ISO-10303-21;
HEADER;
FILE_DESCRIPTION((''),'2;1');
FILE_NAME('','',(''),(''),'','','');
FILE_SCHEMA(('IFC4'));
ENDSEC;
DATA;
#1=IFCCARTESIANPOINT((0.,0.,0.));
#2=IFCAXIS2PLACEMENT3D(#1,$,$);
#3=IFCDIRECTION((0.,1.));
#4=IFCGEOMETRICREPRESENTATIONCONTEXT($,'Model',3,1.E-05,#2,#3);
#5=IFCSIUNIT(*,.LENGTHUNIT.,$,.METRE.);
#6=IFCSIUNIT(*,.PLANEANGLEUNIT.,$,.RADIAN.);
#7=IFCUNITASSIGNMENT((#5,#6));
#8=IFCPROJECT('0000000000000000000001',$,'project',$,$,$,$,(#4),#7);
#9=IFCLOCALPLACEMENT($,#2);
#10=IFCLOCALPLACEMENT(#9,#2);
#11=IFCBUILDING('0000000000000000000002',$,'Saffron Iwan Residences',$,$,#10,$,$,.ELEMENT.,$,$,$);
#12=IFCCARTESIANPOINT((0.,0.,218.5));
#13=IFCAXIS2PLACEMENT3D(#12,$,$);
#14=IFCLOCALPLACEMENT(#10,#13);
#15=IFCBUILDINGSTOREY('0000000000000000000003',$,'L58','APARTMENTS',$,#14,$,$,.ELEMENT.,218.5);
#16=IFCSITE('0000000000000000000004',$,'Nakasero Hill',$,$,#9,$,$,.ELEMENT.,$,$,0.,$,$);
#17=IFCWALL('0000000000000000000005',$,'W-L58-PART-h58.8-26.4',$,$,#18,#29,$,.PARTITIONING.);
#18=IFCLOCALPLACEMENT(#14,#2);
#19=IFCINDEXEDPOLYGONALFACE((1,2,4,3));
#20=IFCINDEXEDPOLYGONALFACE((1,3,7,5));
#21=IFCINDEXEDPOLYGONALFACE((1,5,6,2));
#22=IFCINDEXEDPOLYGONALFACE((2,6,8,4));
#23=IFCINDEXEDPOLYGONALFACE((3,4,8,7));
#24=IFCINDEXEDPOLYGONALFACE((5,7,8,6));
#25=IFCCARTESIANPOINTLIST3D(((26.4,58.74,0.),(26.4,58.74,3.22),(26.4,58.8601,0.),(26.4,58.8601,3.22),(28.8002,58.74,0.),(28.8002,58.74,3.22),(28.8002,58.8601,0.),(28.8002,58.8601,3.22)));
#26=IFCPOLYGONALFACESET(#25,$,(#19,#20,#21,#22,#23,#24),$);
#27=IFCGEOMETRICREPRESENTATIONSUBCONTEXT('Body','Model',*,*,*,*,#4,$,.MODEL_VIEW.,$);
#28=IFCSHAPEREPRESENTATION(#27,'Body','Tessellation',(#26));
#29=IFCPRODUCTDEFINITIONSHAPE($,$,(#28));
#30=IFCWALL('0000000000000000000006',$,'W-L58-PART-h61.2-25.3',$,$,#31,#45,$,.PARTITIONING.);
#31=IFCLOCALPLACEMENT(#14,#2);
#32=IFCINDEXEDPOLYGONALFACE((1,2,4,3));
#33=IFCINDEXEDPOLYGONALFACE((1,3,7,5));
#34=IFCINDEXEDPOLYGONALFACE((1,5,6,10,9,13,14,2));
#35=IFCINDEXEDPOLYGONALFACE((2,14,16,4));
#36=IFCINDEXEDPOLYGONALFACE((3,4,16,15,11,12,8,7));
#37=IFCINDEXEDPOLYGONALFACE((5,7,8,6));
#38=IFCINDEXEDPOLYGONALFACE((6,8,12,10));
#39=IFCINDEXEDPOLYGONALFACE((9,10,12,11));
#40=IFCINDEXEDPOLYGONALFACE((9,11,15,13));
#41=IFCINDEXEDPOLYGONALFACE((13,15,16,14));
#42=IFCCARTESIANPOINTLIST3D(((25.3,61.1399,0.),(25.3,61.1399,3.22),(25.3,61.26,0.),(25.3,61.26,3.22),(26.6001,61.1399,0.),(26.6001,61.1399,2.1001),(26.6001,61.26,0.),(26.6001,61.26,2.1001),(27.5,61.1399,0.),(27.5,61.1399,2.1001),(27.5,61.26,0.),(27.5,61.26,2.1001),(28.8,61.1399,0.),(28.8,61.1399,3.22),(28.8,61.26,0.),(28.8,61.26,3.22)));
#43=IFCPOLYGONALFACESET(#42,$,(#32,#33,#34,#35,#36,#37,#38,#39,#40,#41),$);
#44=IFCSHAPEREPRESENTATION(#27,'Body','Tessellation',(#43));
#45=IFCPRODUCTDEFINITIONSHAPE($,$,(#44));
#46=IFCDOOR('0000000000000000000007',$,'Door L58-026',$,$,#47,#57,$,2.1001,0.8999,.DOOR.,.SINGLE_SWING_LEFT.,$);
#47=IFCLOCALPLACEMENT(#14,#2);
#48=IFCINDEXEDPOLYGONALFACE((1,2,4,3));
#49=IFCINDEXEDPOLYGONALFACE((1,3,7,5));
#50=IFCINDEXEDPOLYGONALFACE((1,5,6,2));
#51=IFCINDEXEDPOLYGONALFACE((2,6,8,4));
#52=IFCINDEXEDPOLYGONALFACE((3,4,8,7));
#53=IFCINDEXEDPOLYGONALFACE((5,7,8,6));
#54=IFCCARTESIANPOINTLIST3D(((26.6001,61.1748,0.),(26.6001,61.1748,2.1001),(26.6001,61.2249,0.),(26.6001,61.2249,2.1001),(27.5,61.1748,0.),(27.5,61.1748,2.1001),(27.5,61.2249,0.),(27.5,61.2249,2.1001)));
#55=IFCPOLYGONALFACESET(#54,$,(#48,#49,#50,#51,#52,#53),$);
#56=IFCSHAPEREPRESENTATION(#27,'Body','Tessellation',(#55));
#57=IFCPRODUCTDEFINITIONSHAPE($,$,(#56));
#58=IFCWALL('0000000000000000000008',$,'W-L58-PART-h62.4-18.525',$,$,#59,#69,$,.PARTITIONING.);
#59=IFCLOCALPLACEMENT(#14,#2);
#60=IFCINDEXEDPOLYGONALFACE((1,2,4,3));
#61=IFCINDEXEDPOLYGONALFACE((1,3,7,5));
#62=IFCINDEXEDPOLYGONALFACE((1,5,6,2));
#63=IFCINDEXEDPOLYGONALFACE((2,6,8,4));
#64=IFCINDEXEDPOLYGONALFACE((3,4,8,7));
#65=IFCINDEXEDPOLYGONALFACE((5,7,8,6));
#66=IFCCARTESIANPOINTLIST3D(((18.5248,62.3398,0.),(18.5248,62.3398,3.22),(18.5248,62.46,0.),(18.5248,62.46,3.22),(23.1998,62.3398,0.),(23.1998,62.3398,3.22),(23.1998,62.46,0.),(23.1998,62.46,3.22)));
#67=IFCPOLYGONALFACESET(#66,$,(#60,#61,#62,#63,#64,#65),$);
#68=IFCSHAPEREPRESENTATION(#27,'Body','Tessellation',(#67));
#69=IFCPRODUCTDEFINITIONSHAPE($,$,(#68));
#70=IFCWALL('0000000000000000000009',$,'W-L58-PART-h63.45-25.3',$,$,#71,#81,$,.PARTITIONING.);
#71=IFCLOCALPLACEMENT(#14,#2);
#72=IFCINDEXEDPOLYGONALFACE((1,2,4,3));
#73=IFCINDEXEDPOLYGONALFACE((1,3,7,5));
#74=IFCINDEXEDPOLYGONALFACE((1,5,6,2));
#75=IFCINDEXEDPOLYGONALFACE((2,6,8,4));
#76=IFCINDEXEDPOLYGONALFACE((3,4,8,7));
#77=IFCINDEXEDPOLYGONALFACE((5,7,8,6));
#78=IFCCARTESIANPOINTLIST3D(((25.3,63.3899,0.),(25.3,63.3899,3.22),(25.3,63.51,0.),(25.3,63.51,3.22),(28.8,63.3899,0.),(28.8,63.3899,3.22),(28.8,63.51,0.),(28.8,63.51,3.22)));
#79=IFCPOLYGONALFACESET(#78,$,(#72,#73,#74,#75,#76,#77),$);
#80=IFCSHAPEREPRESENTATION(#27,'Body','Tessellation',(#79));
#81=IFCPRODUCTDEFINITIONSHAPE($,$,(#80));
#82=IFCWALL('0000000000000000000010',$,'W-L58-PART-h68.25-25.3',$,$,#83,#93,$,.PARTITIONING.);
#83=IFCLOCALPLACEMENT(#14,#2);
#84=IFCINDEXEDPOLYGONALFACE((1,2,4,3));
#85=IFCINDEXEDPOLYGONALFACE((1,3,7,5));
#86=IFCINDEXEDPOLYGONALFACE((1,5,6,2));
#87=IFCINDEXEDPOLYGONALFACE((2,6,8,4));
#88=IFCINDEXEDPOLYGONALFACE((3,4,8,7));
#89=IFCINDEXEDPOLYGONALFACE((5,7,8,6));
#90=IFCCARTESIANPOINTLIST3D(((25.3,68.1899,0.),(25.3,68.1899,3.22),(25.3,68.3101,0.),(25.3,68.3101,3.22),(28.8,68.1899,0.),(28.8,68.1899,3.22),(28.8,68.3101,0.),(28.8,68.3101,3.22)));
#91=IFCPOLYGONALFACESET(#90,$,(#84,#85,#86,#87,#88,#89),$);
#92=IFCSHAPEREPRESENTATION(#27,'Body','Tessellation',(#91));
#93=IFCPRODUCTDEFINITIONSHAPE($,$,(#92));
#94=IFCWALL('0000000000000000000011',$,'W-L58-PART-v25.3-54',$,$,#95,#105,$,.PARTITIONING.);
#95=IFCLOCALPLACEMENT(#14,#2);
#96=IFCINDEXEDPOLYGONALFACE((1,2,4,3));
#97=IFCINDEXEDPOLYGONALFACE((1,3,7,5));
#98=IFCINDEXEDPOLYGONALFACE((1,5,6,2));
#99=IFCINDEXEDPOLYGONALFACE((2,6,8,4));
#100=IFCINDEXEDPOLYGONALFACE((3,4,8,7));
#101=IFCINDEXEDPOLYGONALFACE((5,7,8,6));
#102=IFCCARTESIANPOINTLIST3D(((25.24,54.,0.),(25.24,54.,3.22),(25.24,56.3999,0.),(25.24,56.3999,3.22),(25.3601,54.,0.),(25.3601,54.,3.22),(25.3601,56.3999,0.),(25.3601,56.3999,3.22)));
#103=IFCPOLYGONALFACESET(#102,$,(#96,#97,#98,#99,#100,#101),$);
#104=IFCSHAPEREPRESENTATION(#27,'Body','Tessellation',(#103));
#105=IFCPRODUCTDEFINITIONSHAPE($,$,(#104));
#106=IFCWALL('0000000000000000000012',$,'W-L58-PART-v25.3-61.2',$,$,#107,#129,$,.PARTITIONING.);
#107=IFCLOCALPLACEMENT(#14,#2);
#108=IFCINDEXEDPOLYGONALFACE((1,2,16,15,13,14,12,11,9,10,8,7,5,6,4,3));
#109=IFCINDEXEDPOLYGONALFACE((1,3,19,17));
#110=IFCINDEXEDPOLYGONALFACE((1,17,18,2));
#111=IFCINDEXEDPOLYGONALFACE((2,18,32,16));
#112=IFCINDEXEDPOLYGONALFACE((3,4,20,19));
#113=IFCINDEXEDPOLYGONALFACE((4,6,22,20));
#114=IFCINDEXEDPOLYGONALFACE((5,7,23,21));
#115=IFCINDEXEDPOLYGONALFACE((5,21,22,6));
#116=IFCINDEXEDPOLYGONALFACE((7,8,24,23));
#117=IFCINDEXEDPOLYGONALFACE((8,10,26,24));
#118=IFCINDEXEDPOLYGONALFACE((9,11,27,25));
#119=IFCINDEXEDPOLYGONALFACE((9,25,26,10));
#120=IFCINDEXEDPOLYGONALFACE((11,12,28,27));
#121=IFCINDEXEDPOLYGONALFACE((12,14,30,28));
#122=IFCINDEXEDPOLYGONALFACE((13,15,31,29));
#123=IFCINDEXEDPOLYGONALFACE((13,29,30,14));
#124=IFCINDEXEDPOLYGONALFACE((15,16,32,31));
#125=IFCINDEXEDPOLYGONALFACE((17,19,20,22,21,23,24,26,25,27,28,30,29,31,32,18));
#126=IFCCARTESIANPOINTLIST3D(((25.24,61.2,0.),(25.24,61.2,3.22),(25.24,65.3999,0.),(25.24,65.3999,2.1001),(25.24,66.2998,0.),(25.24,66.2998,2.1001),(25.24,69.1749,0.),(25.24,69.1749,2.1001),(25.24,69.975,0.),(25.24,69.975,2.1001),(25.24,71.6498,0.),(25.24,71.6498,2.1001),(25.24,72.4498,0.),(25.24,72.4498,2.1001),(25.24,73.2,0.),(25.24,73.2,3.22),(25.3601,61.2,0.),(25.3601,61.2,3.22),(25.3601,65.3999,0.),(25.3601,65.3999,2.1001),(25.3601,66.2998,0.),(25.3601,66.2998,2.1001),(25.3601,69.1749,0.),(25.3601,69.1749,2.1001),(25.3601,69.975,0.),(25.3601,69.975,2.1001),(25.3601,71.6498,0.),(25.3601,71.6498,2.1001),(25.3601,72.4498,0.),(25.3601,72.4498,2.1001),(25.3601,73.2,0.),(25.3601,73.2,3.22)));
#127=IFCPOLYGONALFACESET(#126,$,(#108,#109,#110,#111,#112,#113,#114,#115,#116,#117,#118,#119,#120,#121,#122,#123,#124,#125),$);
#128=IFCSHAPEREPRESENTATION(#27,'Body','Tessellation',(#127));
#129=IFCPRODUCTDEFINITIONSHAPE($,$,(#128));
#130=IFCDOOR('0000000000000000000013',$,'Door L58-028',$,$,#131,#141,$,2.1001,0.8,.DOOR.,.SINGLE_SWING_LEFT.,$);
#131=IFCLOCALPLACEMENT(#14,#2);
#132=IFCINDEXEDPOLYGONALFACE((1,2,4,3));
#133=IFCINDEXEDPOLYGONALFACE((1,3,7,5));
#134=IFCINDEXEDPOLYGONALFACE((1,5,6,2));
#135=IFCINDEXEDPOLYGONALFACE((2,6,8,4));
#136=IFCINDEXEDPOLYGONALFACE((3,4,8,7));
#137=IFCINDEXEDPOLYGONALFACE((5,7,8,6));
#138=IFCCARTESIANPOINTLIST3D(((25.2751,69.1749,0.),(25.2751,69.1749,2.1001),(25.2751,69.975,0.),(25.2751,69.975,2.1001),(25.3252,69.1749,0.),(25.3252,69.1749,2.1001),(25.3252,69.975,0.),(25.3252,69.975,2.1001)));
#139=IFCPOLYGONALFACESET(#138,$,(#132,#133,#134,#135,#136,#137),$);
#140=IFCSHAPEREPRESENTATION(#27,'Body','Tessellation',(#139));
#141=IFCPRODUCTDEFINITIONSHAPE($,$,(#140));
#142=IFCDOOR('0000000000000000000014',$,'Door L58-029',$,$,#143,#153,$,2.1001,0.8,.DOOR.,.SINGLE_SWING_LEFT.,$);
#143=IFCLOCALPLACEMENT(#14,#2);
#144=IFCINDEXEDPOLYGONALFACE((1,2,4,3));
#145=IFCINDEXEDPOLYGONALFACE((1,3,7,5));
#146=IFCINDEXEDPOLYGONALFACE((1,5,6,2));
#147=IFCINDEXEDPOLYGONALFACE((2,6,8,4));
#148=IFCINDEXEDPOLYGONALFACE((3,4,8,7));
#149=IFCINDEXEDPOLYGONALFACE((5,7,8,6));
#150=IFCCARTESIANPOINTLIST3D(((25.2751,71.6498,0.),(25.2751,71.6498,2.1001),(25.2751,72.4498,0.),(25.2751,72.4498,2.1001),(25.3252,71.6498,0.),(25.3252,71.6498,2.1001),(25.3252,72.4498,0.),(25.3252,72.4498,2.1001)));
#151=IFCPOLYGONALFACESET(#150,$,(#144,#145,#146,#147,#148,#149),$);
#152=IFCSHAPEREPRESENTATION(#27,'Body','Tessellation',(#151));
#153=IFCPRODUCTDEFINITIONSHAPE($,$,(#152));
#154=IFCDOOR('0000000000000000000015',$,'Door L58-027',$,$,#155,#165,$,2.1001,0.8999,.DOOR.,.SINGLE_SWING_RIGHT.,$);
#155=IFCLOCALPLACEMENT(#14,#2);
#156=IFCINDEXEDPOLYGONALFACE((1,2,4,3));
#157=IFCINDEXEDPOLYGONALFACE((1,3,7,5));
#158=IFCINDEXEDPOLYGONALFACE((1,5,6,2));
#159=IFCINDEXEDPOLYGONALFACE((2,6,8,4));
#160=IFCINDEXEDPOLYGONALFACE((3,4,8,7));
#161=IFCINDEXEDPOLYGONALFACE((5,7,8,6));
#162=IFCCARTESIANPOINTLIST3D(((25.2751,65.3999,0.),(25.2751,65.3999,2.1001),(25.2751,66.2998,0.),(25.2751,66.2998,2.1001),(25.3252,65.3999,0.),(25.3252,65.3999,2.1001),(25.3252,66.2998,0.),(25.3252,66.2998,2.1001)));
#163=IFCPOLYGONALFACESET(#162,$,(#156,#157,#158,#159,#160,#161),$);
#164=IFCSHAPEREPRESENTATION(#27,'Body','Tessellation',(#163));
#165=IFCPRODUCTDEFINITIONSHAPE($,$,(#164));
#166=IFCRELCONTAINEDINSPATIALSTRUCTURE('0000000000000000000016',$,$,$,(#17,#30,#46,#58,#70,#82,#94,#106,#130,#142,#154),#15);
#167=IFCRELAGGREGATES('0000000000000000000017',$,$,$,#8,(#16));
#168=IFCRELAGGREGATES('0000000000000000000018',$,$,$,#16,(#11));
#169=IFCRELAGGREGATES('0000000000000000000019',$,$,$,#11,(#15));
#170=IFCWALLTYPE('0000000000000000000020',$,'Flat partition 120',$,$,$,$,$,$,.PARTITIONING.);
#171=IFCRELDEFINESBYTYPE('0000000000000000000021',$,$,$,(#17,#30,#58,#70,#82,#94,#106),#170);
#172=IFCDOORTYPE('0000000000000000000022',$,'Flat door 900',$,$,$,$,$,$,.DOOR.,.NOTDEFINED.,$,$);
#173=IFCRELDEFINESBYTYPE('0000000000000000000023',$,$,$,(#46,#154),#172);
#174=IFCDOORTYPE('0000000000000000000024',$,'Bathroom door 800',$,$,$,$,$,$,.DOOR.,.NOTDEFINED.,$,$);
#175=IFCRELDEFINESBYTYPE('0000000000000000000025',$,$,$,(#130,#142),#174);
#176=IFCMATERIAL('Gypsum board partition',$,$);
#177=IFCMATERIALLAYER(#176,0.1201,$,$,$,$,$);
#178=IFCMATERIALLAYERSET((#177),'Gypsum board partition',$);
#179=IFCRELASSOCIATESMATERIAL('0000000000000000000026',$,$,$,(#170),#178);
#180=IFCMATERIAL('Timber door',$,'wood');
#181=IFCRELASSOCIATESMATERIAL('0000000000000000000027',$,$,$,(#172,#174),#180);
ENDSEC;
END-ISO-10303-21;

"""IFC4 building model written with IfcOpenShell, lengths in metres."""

from ifc_helpers import new_model, si_unit, direction, frame, frame_2d, origin, place, context, subcontext, project, spatial, rectangle, extrude, material, layer, layer_set, type_object, element, fill, save


model = new_model("IFC4")

# Units and contexts
model_context = context("Model", 3, precision=1e-05, world=origin(), true_north=direction((0.0, 1.0)))
body_context = subcontext(model_context, "Body", "Model", "MODEL_VIEW")
ifc_project = project(units=[si_unit("LENGTHUNIT", "METRE"), si_unit("PLANEANGLEUNIT", "RADIAN")], contexts=[model_context])

# Site, building, storey
site_placement = place(None, origin())
site = spatial("IfcSite", under=ifc_project, at=site_placement, Name="Nakasero Hill", CompositionType="ELEMENT", RefElevation=0.0)
building_placement = place(site_placement, origin())
building = spatial("IfcBuilding", under=site, at=building_placement, Name="Saffron Iwan Residences", CompositionType="ELEMENT")
storey_placement = place(building_placement, frame((0.0, 0.0, 218.5)))
storey = spatial("IfcBuildingStorey", under=building, at=storey_placement, Name="L58", Description="APARTMENTS", CompositionType="ELEMENT", Elevation=218.5)

# Wall
ifc_material_1 = material(Name="Gypsum board partition")
ifc_layer_1 = layer(ifc_material_1, 0.1201)
ifc_layer_set_1 = layer_set([ifc_layer_1], Name="Gypsum board partition")
wall_type_1 = type_object("IfcWallType", Name="Flat partition 120", PredefinedType="PARTITIONING", material=ifc_layer_set_1)
wall_1_placement = place(storey_placement, frame((26.3999, 58.8, 0.0), z_axis=(0.0, 0.0, 1.0), x_axis=(1.0, 0.0, 0.0)))
element("IfcWall", 1, at=wall_1_placement, inside=storey, type_object=wall_type_1, Name="W-L58-PART-h58.8-26.4", PredefinedType="PARTITIONING", context=body_context, shape_type="SweptSolid", body=[
    extrude(rectangle(XDim=2.4001, YDim=0.1201, at=frame_2d((1.2002, 0.0))), origin(), (0.0, 0.0, 1.0), 3.22),
])

# Wall, opening, door
wall_2_placement = place(storey_placement, frame((25.3, 61.2, 0.0), z_axis=(0.0, 0.0, 1.0), x_axis=(1.0, 0.0, 0.0)))
wall_2 = element("IfcWall", 2, at=wall_2_placement, inside=storey, type_object=wall_type_1, Name="W-L58-PART-h61.2-25.3", PredefinedType="PARTITIONING", context=body_context, shape_type="SweptSolid", body=[
    extrude(rectangle(XDim=3.5, YDim=0.1201, at=frame_2d((1.75, 0.0))), origin(), (0.0, 0.0, 1.0), 3.22),
])
opening_1_placement = place(wall_2_placement, frame((1.3, 0.0, 0.0)))
opening_1 = element("IfcOpeningElement", 3, at=opening_1_placement, cuts=wall_2, PredefinedType="OPENING", context=body_context, shape_type="SweptSolid", body=[
    extrude(rectangle(XDim=0.8999, YDim=2.1001, at=frame_2d((0.45, 1.05))), frame((0.0, 0.0701, 0.0), z_axis=(0.0, -1.0, 0.0), x_axis=(1.0, 0.0, 0.0)), (0.0, 0.0, 1.0), 0.1401),
])
ifc_material_2 = material(Name="Timber door", Category="wood")
door_type_1 = type_object("IfcDoorType", Name="Flat door 900", OperationType="NOTDEFINED", PredefinedType="DOOR", material=ifc_material_2)
door_1_placement = place(opening_1_placement, origin())
door_1 = element("IfcDoor", 4, at=door_1_placement, inside=storey, type_object=door_type_1, Name="Door L58-026", OperationType="SINGLE_SWING_LEFT", OverallHeight=2.1001, OverallWidth=0.8999, PredefinedType="DOOR", context=body_context, shape_type="SweptSolid", body=[
    extrude(rectangle(XDim=0.8999, YDim=2.1001, at=frame_2d((0.45, 1.05))), frame((0.0, 0.0249, 0.0), z_axis=(0.0, -1.0, 0.0), x_axis=(1.0, 0.0, 0.0)), (0.0, 0.0, 1.0), 0.05),
])
fill(opening_1, door_1)

# Walls
wall_3_placement = place(storey_placement, frame((18.5249, 62.3999, 0.0), z_axis=(0.0, 0.0, 1.0), x_axis=(1.0, 0.0, 0.0)))
element("IfcWall", 5, at=wall_3_placement, inside=storey, type_object=wall_type_1, Name="W-L58-PART-h62.4-18.525", PredefinedType="PARTITIONING", context=body_context, shape_type="SweptSolid", body=[
    extrude(rectangle(XDim=4.675, YDim=0.1201, at=frame_2d((2.3374, 0.0))), origin(), (0.0, 0.0, 1.0), 3.22),
])
for number, where, z_axis, x_axis, name in (
    (6, (25.3, 63.45, 0.0), (0.0, 0.0, 1.0), (1.0, 0.0, 0.0), "W-L58-PART-h63.45-25.3"),
    (7, (25.3, 68.25, 0.0), (0.0, 0.0, 1.0), (1.0, 0.0, 0.0), "W-L58-PART-h68.25-25.3"),
):
    element("IfcWall", number, at=place(storey_placement, frame(where, z_axis=z_axis, x_axis=x_axis)), inside=storey, type_object=wall_type_1, Name=name, PredefinedType="PARTITIONING", context=body_context, shape_type="SweptSolid", body=[
        extrude(rectangle(XDim=3.5, YDim=0.1201, at=frame_2d((1.75, 0.0))), origin(), (0.0, 0.0, 1.0), 3.22),
    ])
wall_4_placement = place(storey_placement, frame((25.3, 54.0, 0.0), z_axis=(0.0, 0.0, 1.0), x_axis=(0.0, 1.0, 0.0)))
element("IfcWall", 8, at=wall_4_placement, inside=storey, type_object=wall_type_1, Name="W-L58-PART-v25.3-54", PredefinedType="PARTITIONING", context=body_context, shape_type="SweptSolid", body=[
    extrude(rectangle(XDim=2.3999, YDim=0.1201, at=frame_2d((1.2, 0.0))), origin(), (0.0, 0.0, 1.0), 3.22),
])

# Wall, openings, doors
wall_5_placement = place(storey_placement, frame((25.3, 61.2, 0.0), z_axis=(0.0, 0.0, 1.0), x_axis=(0.0, 1.0, 0.0)))
wall_5 = element("IfcWall", 9, at=wall_5_placement, inside=storey, type_object=wall_type_1, Name="W-L58-PART-v25.3-61.2", PredefinedType="PARTITIONING", context=body_context, shape_type="SweptSolid", body=[
    extrude(rectangle(XDim=12.0, YDim=0.1201, at=frame_2d((6.0, 0.0))), origin(), (0.0, 0.0, 1.0), 3.22),
])
opening_2_placement = place(wall_5_placement, frame((4.2, 0.0, 0.0)))
opening_2 = element("IfcOpeningElement", 10, at=opening_2_placement, cuts=wall_5, PredefinedType="OPENING", context=body_context, shape_type="SweptSolid", body=[
    extrude(rectangle(XDim=0.8999, YDim=2.1001, at=frame_2d((0.45, 1.05))), frame((0.0, 0.0701, 0.0), z_axis=(0.0, -1.0, 0.0), x_axis=(1.0, 0.0, 0.0)), (0.0, 0.0, 1.0), 0.1401),
])
opening_3_placement = place(wall_5_placement, frame((7.9751, 0.0, 0.0)))
opening_3 = element("IfcOpeningElement", 11, at=opening_3_placement, cuts=wall_5, PredefinedType="OPENING", context=body_context, shape_type="SweptSolid", body=[
    extrude(rectangle(XDim=0.8, YDim=2.1001, at=frame_2d((0.3999, 1.05))), frame((0.0, 0.0701, 0.0), z_axis=(0.0, -1.0, 0.0), x_axis=(1.0, 0.0, 0.0)), (0.0, 0.0, 1.0), 0.1401),
])
opening_4_placement = place(wall_5_placement, frame((10.45, 0.0, 0.0)))
opening_4 = element("IfcOpeningElement", 12, at=opening_4_placement, cuts=wall_5, PredefinedType="OPENING", context=body_context, shape_type="SweptSolid", body=[
    extrude(rectangle(XDim=0.8, YDim=2.1001, at=frame_2d((0.3999, 1.05))), frame((0.0, 0.0701, 0.0), z_axis=(0.0, -1.0, 0.0), x_axis=(1.0, 0.0, 0.0)), (0.0, 0.0, 1.0), 0.1401),
])
door_type_2 = type_object("IfcDoorType", Name="Bathroom door 800", OperationType="NOTDEFINED", PredefinedType="DOOR", material=ifc_material_2)
door_2_placement = place(opening_3_placement, origin())
door_2 = element("IfcDoor", 13, at=door_2_placement, inside=storey, type_object=door_type_2, Name="Door L58-028", OperationType="SINGLE_SWING_LEFT", OverallHeight=2.1001, OverallWidth=0.8, PredefinedType="DOOR", context=body_context, shape_type="SweptSolid", body=[
    extrude(rectangle(XDim=0.8, YDim=2.1001, at=frame_2d((0.3999, 1.05))), frame((0.0, 0.0249, 0.0), z_axis=(0.0, -1.0, 0.0), x_axis=(1.0, 0.0, 0.0)), (0.0, 0.0, 1.0), 0.05),
])
fill(opening_3, door_2)
door_3_placement = place(opening_4_placement, origin())
door_3 = element("IfcDoor", 14, at=door_3_placement, inside=storey, type_object=door_type_2, Name="Door L58-029", OperationType="SINGLE_SWING_LEFT", OverallHeight=2.1001, OverallWidth=0.8, PredefinedType="DOOR", context=body_context, shape_type="SweptSolid", body=[
    extrude(rectangle(XDim=0.8, YDim=2.1001, at=frame_2d((0.3999, 1.05))), frame((0.0, 0.0249, 0.0), z_axis=(0.0, -1.0, 0.0), x_axis=(1.0, 0.0, 0.0)), (0.0, 0.0, 1.0), 0.05),
])
fill(opening_4, door_3)
door_4_placement = place(opening_2_placement, origin())
door_4 = element("IfcDoor", 15, at=door_4_placement, inside=storey, type_object=door_type_1, Name="Door L58-027", OperationType="SINGLE_SWING_RIGHT", OverallHeight=2.1001, OverallWidth=0.8999, PredefinedType="DOOR", context=body_context, shape_type="SweptSolid", body=[
    extrude(rectangle(XDim=0.8999, YDim=2.1001, at=frame_2d((0.45, 1.05))), frame((0.0, 0.0249, 0.0), z_axis=(0.0, -1.0, 0.0), x_axis=(1.0, 0.0, 0.0)), (0.0, 0.0, 1.0), 0.05),
])
fill(opening_2, door_4)

save(model, "model.ifc")
